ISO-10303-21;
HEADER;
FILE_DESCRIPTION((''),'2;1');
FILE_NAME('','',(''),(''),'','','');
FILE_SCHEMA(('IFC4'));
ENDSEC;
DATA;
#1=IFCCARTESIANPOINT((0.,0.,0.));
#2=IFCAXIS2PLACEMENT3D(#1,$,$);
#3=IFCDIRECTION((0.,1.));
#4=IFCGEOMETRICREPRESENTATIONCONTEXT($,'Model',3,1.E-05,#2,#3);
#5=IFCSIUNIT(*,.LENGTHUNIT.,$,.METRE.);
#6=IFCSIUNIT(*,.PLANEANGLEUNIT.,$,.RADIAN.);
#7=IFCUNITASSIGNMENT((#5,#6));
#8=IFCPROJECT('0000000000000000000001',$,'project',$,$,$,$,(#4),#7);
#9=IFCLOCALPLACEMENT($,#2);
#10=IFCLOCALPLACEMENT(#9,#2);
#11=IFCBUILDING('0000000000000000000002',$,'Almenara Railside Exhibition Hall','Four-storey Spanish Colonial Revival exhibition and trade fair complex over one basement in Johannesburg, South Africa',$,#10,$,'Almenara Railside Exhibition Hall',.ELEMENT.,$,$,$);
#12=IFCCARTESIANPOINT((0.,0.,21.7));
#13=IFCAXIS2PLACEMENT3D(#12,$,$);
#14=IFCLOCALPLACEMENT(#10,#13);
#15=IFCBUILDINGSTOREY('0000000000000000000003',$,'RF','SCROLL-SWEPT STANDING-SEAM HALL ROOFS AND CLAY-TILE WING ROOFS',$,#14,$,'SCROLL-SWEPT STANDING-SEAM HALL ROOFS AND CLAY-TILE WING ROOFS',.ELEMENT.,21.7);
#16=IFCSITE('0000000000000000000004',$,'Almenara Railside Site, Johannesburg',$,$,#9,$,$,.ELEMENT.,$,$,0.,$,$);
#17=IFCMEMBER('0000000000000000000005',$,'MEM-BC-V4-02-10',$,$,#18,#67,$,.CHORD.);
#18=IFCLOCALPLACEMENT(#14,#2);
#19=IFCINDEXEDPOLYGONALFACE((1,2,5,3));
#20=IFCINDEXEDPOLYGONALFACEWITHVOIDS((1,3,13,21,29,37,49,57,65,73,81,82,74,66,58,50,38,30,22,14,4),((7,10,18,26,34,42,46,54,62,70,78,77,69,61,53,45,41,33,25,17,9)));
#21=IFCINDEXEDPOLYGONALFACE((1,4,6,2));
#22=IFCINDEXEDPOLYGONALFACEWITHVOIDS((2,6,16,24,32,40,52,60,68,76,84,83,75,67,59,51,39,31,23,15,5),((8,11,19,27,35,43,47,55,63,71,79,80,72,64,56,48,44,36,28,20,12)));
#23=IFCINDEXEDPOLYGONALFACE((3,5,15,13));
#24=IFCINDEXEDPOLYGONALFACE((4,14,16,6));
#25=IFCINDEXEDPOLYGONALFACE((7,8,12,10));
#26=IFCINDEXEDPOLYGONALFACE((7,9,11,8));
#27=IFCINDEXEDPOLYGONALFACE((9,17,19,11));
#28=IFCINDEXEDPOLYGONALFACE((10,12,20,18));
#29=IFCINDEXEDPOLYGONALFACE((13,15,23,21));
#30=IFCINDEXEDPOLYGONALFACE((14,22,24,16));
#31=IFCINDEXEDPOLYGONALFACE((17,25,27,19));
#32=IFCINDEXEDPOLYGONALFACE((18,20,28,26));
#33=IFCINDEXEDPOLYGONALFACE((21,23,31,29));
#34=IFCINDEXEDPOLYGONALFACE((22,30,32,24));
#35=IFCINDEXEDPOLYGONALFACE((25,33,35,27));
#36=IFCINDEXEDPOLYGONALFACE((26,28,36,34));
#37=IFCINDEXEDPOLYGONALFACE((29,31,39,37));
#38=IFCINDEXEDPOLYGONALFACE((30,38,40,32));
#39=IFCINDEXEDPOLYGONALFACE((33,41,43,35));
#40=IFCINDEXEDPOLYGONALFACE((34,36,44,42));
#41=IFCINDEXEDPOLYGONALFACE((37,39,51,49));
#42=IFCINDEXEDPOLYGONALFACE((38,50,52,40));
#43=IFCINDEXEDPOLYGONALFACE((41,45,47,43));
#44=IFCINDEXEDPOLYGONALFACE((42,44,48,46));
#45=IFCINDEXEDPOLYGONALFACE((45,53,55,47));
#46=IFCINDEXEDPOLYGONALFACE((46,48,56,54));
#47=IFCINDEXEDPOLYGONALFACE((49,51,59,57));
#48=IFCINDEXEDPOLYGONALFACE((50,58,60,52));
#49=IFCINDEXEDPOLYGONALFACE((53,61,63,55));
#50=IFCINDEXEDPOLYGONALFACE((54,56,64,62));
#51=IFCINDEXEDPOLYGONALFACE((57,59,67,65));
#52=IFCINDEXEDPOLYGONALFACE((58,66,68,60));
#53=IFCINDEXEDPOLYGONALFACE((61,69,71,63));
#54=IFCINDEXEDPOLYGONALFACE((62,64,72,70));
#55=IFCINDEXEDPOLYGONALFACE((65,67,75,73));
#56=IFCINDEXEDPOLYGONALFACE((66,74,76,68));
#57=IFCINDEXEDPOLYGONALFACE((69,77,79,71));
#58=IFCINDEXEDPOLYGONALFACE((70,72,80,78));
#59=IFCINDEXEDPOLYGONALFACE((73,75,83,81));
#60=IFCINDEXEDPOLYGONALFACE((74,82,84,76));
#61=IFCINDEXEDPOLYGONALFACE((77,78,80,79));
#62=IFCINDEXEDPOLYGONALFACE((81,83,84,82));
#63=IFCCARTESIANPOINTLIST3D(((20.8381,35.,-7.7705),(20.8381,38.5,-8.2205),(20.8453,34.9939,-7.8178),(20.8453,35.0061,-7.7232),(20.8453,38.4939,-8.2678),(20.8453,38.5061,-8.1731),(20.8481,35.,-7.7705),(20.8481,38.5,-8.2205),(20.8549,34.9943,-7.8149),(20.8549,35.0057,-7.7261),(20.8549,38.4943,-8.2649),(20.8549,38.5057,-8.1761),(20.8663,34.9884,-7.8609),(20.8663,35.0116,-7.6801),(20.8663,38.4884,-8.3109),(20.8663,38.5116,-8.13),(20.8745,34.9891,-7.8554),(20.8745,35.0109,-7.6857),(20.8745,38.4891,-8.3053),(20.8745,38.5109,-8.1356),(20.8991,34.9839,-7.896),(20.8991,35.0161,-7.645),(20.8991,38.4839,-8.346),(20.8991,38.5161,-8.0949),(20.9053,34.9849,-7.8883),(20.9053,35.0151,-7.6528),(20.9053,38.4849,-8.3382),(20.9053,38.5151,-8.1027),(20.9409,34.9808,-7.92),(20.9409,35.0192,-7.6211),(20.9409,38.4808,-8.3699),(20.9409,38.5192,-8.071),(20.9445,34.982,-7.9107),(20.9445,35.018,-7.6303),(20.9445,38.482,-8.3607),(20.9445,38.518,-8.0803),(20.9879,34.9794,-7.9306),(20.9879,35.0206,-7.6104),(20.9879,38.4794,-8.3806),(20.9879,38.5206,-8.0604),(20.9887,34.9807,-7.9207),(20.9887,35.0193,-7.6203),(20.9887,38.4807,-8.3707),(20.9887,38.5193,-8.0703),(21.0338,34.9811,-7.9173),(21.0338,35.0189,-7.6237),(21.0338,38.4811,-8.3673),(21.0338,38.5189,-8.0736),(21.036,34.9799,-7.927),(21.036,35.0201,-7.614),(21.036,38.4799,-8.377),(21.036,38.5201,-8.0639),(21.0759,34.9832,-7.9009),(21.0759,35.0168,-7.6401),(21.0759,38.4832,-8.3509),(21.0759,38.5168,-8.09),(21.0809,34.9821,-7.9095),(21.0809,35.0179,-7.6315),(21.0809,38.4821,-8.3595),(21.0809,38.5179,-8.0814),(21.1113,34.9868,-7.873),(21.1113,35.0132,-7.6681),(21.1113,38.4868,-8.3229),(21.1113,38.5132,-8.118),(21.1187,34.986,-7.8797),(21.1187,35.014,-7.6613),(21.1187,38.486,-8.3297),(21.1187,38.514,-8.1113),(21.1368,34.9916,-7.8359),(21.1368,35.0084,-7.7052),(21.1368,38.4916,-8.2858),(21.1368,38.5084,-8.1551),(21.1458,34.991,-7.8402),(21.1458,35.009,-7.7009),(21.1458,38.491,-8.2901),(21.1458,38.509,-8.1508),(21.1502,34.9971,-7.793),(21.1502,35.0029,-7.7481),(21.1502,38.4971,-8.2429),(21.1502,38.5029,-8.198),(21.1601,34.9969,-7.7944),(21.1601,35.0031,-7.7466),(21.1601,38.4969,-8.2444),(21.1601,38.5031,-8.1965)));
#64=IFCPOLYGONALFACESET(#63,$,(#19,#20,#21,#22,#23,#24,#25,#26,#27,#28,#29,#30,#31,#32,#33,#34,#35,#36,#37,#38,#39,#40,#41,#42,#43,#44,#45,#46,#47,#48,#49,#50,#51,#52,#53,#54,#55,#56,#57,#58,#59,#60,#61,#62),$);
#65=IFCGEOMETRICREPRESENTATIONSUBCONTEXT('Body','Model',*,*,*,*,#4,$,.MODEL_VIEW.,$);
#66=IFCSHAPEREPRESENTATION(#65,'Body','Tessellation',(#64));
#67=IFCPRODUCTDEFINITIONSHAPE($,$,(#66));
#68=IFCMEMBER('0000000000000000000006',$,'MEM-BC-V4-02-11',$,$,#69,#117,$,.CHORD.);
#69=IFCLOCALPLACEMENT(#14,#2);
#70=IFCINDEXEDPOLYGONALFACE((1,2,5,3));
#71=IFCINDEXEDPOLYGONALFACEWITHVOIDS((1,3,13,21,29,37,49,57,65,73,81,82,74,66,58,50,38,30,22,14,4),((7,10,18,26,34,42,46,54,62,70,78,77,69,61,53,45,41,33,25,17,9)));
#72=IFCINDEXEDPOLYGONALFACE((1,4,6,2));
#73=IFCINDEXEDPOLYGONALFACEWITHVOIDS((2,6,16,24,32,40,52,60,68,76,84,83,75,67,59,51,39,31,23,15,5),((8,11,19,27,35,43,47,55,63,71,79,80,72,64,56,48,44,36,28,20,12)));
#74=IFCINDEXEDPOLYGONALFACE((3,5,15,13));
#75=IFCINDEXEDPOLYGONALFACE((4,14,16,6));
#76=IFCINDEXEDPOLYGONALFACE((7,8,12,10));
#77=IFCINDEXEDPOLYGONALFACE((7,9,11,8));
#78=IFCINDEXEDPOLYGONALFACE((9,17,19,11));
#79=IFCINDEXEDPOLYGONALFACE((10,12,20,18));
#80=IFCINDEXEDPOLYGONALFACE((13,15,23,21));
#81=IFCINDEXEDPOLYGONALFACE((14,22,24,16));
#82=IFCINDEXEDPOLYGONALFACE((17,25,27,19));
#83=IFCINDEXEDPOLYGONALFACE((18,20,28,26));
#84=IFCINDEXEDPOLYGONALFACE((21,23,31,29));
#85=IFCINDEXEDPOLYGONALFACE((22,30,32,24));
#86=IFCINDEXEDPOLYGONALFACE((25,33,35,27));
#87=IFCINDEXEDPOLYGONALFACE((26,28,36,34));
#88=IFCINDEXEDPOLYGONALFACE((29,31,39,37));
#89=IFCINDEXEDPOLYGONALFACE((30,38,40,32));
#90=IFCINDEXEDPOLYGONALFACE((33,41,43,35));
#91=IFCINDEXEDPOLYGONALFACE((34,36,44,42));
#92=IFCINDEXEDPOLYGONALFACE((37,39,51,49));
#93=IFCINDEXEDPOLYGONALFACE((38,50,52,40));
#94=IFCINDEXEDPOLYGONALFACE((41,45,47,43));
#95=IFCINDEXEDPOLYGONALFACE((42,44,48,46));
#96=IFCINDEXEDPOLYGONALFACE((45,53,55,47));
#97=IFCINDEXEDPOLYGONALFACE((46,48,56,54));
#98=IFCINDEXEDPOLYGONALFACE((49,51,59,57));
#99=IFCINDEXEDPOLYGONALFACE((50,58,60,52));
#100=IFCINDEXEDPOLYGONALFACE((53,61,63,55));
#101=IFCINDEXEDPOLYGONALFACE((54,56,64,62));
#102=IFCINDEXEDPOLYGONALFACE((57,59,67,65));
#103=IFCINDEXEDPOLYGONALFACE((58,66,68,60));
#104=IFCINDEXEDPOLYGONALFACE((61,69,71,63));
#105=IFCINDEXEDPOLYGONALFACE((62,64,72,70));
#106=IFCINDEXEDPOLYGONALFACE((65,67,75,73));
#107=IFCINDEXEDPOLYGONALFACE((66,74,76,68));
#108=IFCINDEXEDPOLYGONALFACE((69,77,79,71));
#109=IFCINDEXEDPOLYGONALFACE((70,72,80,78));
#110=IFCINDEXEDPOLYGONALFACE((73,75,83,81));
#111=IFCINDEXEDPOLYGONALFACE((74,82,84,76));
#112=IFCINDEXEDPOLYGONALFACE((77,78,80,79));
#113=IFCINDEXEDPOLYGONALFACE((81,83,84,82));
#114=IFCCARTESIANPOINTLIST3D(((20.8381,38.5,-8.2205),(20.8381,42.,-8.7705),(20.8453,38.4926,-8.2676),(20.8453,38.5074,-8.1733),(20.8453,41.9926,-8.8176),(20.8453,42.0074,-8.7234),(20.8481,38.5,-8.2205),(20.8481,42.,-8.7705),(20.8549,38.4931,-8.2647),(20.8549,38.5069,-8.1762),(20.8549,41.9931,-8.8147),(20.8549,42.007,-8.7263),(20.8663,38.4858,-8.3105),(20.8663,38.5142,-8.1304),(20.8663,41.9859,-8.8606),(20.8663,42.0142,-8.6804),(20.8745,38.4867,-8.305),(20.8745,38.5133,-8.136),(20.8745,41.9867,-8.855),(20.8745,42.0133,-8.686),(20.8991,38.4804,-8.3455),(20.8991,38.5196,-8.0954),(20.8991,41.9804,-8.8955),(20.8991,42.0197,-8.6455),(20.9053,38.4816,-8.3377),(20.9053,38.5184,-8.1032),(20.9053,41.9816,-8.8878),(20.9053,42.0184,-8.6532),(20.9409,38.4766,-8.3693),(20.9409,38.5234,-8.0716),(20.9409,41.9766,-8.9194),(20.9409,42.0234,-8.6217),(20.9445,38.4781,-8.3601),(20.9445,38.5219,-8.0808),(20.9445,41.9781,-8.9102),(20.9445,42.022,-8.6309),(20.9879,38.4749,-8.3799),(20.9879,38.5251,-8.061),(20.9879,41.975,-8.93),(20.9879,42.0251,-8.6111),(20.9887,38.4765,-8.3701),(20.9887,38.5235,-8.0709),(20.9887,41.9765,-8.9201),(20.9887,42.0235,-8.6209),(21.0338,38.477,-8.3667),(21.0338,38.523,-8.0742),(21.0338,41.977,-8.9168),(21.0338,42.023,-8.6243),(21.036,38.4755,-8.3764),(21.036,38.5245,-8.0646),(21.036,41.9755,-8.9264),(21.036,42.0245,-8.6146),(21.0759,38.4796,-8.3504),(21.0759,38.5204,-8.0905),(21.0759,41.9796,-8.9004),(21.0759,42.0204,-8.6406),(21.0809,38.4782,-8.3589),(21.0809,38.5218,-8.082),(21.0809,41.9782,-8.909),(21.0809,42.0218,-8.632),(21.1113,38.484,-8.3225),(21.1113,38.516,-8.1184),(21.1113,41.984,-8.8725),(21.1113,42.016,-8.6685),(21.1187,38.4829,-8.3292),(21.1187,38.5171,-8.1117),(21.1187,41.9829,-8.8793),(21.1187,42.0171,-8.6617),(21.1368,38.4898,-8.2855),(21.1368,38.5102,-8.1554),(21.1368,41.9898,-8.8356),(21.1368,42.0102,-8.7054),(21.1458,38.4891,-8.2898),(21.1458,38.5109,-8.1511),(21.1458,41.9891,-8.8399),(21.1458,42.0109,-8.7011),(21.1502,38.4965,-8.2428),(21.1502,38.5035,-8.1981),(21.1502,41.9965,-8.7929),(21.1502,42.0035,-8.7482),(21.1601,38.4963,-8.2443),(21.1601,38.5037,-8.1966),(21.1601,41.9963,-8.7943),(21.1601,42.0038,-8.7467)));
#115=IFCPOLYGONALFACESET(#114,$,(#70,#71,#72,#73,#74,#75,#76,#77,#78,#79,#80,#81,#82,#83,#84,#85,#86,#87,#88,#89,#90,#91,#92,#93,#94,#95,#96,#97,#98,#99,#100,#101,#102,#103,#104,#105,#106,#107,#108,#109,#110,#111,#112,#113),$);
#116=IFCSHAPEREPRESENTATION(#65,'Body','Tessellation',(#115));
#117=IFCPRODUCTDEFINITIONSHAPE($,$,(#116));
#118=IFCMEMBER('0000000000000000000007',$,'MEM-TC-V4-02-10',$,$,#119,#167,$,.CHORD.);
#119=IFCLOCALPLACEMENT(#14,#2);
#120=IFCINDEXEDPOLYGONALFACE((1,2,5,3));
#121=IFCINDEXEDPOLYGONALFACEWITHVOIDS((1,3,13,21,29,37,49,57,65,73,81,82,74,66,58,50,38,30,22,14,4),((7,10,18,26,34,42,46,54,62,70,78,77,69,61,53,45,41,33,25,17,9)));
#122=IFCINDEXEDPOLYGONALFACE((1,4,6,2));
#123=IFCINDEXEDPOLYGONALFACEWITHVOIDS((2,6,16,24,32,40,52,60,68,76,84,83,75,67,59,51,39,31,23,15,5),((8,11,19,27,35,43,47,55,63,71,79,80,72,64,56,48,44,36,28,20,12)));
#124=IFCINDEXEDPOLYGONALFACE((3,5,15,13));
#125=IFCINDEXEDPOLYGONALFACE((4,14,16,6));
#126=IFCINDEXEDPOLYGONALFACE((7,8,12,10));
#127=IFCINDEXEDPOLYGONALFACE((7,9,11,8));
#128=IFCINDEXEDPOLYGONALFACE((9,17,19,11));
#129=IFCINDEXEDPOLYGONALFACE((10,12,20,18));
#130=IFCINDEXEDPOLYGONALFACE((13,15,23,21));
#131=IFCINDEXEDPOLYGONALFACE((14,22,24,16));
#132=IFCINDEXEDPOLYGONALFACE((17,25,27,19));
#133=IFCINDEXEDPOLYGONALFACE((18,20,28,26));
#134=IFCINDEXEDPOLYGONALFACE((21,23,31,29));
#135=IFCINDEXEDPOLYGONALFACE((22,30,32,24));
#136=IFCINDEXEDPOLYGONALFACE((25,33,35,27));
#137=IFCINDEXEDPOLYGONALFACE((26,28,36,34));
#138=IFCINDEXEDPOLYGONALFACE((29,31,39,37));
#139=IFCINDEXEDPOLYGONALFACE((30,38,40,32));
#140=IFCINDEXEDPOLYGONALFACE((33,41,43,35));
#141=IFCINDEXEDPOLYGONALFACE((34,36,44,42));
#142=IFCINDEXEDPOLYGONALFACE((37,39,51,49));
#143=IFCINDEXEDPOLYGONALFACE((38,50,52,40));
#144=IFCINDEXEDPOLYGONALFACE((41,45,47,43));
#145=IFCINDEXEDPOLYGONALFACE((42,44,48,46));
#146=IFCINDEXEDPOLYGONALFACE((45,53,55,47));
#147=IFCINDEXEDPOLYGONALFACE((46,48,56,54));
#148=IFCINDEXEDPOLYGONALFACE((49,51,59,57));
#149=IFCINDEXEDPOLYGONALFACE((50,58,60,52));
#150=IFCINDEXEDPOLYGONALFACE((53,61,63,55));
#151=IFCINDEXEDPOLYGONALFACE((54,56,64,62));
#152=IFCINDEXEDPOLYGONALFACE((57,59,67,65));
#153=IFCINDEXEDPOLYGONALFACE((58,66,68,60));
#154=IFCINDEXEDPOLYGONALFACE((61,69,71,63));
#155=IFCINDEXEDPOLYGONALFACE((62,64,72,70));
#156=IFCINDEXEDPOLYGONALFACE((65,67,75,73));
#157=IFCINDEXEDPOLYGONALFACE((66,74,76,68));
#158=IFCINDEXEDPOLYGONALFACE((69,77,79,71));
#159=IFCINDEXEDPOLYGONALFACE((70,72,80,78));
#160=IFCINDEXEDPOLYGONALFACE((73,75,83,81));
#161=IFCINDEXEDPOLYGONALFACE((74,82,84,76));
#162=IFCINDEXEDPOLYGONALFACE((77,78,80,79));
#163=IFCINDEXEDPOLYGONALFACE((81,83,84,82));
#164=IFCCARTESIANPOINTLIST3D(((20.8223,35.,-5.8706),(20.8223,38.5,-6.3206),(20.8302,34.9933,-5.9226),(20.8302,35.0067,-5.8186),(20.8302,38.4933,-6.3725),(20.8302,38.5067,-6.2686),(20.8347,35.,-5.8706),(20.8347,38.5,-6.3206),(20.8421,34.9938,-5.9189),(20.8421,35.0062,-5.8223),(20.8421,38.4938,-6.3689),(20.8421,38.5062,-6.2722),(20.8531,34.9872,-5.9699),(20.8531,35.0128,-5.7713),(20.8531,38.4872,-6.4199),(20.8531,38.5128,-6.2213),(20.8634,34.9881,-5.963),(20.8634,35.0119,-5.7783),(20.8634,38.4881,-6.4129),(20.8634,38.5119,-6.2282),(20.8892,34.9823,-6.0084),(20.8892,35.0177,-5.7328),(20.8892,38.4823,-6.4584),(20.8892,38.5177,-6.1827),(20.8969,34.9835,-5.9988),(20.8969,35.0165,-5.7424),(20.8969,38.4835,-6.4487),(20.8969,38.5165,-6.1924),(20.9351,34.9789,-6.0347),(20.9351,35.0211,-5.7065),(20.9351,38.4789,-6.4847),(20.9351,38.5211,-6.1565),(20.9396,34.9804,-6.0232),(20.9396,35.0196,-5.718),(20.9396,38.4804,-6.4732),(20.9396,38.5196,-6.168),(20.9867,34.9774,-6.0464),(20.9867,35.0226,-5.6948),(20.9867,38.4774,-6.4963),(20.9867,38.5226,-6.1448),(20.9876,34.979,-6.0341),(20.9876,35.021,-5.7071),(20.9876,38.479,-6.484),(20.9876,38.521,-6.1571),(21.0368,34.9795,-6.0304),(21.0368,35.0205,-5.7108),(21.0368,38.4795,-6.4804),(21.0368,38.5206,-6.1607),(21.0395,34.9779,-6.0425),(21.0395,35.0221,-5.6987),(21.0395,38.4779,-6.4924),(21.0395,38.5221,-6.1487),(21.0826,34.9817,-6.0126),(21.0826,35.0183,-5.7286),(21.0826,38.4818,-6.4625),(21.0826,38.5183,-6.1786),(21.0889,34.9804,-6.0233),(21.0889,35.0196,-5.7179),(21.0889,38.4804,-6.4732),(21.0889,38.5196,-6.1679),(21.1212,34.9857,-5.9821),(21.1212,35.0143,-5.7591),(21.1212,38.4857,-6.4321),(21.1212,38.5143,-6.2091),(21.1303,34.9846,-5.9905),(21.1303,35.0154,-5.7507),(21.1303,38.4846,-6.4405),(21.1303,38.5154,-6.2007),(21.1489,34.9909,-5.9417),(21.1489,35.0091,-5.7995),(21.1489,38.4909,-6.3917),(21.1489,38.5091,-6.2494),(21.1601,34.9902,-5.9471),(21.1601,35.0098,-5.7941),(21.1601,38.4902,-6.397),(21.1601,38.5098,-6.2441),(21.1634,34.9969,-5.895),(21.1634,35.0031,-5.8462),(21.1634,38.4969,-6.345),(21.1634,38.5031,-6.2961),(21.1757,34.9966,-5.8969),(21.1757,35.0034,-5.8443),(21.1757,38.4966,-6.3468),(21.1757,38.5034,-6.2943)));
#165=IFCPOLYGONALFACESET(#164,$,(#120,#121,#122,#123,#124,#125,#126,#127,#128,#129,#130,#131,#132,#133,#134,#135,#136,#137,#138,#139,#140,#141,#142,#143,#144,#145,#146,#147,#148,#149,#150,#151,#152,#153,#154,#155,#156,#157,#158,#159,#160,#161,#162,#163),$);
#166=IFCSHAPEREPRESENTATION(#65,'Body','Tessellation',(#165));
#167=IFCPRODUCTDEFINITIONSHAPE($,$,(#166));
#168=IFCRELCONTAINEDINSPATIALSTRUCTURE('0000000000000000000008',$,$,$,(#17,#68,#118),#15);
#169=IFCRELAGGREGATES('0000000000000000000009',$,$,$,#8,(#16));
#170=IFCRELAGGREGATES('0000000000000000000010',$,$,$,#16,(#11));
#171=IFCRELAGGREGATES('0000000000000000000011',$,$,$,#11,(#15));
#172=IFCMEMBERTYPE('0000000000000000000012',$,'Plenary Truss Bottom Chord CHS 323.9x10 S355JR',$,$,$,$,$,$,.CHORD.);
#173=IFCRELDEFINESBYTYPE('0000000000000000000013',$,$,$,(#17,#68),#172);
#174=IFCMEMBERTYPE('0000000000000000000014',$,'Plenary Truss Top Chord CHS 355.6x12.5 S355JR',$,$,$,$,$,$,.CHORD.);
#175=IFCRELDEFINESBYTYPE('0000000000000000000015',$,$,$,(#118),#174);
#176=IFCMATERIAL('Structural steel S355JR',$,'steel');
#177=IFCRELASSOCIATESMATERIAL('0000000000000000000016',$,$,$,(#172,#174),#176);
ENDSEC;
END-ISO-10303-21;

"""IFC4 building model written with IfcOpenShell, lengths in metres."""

from ifc_helpers import new_model, si_unit, direction, frame, origin, origin_2d, place, context, subcontext, project, spatial, hollow_circle, extrude, material, material_profile, profile_set, type_object, element, save


model = new_model("IFC4")

# Units and contexts
model_context = context("Model", 3, precision=1e-05, world=origin(), true_north=direction((0.0, 1.0)))
body_context = subcontext(model_context, "Body", "Model", "MODEL_VIEW")
ifc_project = project(units=[si_unit("LENGTHUNIT", "METRE"), si_unit("PLANEANGLEUNIT", "RADIAN")], contexts=[model_context])

# Site, building, storey
site_placement = place(None, origin())
site = spatial("IfcSite", under=ifc_project, at=site_placement, Name="Almenara Railside Site, Johannesburg", CompositionType="ELEMENT", RefElevation=0.0)
building_placement = place(site_placement, origin())
building = spatial("IfcBuilding", under=site, at=building_placement, Name="Almenara Railside Exhibition Hall", Description="Four-storey Spanish Colonial Revival exhibition and trade fair complex over one basement in Johannesburg, South Africa", LongName="Almenara Railside Exhibition Hall", CompositionType="ELEMENT")
storey_placement = place(building_placement, frame((0.0, 0.0, 21.7)))
storey = spatial("IfcBuildingStorey", under=building, at=storey_placement, Name="RF", Description="SCROLL-SWEPT STANDING-SEAM HALL ROOFS AND CLAY-TILE WING ROOFS", LongName="SCROLL-SWEPT STANDING-SEAM HALL ROOFS AND CLAY-TILE WING ROOFS", CompositionType="ELEMENT", Elevation=21.7)

# Shared definitions
ifc_material_1 = material(Name="Structural steel S355JR", Category="steel")

# Members
ifc_material_profile_1 = material_profile(ifc_material_1, hollow_circle(Radius=0.1619, WallThickness=0.01, at=origin_2d()), Name="CHS 323.9x10")
ifc_profile_set_1 = profile_set([ifc_material_profile_1], Name="Structural steel S355JR")
member_type_1 = type_object("IfcMemberType", Name="Plenary Truss Bottom Chord CHS 323.9x10 S355JR", PredefinedType="CHORD", material=ifc_profile_set_1)
member_1_placement = place(storey_placement, frame((21.0, 35.0, -7.7705), z_axis=(0.0, 0.991838, -0.127508), x_axis=(-1.0, 0.0, 0.0)))
element("IfcMember", 1, at=member_1_placement, inside=storey, type_object=member_type_1, Name="MEM-BC-V4-02-10", PredefinedType="CHORD", context=body_context, shape_type="SweptSolid", body=[
    extrude(hollow_circle(Radius=0.1619, WallThickness=0.01, at=origin_2d()), origin(), (0.0, 0.0, 1.0), 3.5288),
])
member_2_placement = place(storey_placement, frame((21.0, 38.5, -8.2205), z_axis=(0.0, 0.987875, -0.155251), x_axis=(-1.0, 0.0, 0.0)))
element("IfcMember", 2, at=member_2_placement, inside=storey, type_object=member_type_1, Name="MEM-BC-V4-02-11", PredefinedType="CHORD", context=body_context, shape_type="SweptSolid", body=[
    extrude(hollow_circle(Radius=0.1619, WallThickness=0.01, at=origin_2d()), origin(), (0.0, 0.0, 1.0), 3.543),
])
ifc_material_profile_2 = material_profile(ifc_material_1, hollow_circle(Radius=0.1777, WallThickness=0.0125, at=origin_2d()), Name="CHS 355.6x12.5")
ifc_profile_set_2 = profile_set([ifc_material_profile_2], Name="Structural steel S355JR")
member_type_2 = type_object("IfcMemberType", Name="Plenary Truss Top Chord CHS 355.6x12.5 S355JR", PredefinedType="CHORD", material=ifc_profile_set_2)
member_3_placement = place(storey_placement, frame((21.0, 35.0, -5.8706), z_axis=(0.0, 0.991838, -0.127508), x_axis=(-1.0, 0.0, 0.0)))
element("IfcMember", 3, at=member_3_placement, inside=storey, type_object=member_type_2, Name="MEM-TC-V4-02-10", PredefinedType="CHORD", context=body_context, shape_type="SweptSolid", body=[
    extrude(hollow_circle(Radius=0.1777, WallThickness=0.0125, at=origin_2d()), origin(), (0.0, 0.0, 1.0), 3.5288),
])

save(model, "model.ifc")
